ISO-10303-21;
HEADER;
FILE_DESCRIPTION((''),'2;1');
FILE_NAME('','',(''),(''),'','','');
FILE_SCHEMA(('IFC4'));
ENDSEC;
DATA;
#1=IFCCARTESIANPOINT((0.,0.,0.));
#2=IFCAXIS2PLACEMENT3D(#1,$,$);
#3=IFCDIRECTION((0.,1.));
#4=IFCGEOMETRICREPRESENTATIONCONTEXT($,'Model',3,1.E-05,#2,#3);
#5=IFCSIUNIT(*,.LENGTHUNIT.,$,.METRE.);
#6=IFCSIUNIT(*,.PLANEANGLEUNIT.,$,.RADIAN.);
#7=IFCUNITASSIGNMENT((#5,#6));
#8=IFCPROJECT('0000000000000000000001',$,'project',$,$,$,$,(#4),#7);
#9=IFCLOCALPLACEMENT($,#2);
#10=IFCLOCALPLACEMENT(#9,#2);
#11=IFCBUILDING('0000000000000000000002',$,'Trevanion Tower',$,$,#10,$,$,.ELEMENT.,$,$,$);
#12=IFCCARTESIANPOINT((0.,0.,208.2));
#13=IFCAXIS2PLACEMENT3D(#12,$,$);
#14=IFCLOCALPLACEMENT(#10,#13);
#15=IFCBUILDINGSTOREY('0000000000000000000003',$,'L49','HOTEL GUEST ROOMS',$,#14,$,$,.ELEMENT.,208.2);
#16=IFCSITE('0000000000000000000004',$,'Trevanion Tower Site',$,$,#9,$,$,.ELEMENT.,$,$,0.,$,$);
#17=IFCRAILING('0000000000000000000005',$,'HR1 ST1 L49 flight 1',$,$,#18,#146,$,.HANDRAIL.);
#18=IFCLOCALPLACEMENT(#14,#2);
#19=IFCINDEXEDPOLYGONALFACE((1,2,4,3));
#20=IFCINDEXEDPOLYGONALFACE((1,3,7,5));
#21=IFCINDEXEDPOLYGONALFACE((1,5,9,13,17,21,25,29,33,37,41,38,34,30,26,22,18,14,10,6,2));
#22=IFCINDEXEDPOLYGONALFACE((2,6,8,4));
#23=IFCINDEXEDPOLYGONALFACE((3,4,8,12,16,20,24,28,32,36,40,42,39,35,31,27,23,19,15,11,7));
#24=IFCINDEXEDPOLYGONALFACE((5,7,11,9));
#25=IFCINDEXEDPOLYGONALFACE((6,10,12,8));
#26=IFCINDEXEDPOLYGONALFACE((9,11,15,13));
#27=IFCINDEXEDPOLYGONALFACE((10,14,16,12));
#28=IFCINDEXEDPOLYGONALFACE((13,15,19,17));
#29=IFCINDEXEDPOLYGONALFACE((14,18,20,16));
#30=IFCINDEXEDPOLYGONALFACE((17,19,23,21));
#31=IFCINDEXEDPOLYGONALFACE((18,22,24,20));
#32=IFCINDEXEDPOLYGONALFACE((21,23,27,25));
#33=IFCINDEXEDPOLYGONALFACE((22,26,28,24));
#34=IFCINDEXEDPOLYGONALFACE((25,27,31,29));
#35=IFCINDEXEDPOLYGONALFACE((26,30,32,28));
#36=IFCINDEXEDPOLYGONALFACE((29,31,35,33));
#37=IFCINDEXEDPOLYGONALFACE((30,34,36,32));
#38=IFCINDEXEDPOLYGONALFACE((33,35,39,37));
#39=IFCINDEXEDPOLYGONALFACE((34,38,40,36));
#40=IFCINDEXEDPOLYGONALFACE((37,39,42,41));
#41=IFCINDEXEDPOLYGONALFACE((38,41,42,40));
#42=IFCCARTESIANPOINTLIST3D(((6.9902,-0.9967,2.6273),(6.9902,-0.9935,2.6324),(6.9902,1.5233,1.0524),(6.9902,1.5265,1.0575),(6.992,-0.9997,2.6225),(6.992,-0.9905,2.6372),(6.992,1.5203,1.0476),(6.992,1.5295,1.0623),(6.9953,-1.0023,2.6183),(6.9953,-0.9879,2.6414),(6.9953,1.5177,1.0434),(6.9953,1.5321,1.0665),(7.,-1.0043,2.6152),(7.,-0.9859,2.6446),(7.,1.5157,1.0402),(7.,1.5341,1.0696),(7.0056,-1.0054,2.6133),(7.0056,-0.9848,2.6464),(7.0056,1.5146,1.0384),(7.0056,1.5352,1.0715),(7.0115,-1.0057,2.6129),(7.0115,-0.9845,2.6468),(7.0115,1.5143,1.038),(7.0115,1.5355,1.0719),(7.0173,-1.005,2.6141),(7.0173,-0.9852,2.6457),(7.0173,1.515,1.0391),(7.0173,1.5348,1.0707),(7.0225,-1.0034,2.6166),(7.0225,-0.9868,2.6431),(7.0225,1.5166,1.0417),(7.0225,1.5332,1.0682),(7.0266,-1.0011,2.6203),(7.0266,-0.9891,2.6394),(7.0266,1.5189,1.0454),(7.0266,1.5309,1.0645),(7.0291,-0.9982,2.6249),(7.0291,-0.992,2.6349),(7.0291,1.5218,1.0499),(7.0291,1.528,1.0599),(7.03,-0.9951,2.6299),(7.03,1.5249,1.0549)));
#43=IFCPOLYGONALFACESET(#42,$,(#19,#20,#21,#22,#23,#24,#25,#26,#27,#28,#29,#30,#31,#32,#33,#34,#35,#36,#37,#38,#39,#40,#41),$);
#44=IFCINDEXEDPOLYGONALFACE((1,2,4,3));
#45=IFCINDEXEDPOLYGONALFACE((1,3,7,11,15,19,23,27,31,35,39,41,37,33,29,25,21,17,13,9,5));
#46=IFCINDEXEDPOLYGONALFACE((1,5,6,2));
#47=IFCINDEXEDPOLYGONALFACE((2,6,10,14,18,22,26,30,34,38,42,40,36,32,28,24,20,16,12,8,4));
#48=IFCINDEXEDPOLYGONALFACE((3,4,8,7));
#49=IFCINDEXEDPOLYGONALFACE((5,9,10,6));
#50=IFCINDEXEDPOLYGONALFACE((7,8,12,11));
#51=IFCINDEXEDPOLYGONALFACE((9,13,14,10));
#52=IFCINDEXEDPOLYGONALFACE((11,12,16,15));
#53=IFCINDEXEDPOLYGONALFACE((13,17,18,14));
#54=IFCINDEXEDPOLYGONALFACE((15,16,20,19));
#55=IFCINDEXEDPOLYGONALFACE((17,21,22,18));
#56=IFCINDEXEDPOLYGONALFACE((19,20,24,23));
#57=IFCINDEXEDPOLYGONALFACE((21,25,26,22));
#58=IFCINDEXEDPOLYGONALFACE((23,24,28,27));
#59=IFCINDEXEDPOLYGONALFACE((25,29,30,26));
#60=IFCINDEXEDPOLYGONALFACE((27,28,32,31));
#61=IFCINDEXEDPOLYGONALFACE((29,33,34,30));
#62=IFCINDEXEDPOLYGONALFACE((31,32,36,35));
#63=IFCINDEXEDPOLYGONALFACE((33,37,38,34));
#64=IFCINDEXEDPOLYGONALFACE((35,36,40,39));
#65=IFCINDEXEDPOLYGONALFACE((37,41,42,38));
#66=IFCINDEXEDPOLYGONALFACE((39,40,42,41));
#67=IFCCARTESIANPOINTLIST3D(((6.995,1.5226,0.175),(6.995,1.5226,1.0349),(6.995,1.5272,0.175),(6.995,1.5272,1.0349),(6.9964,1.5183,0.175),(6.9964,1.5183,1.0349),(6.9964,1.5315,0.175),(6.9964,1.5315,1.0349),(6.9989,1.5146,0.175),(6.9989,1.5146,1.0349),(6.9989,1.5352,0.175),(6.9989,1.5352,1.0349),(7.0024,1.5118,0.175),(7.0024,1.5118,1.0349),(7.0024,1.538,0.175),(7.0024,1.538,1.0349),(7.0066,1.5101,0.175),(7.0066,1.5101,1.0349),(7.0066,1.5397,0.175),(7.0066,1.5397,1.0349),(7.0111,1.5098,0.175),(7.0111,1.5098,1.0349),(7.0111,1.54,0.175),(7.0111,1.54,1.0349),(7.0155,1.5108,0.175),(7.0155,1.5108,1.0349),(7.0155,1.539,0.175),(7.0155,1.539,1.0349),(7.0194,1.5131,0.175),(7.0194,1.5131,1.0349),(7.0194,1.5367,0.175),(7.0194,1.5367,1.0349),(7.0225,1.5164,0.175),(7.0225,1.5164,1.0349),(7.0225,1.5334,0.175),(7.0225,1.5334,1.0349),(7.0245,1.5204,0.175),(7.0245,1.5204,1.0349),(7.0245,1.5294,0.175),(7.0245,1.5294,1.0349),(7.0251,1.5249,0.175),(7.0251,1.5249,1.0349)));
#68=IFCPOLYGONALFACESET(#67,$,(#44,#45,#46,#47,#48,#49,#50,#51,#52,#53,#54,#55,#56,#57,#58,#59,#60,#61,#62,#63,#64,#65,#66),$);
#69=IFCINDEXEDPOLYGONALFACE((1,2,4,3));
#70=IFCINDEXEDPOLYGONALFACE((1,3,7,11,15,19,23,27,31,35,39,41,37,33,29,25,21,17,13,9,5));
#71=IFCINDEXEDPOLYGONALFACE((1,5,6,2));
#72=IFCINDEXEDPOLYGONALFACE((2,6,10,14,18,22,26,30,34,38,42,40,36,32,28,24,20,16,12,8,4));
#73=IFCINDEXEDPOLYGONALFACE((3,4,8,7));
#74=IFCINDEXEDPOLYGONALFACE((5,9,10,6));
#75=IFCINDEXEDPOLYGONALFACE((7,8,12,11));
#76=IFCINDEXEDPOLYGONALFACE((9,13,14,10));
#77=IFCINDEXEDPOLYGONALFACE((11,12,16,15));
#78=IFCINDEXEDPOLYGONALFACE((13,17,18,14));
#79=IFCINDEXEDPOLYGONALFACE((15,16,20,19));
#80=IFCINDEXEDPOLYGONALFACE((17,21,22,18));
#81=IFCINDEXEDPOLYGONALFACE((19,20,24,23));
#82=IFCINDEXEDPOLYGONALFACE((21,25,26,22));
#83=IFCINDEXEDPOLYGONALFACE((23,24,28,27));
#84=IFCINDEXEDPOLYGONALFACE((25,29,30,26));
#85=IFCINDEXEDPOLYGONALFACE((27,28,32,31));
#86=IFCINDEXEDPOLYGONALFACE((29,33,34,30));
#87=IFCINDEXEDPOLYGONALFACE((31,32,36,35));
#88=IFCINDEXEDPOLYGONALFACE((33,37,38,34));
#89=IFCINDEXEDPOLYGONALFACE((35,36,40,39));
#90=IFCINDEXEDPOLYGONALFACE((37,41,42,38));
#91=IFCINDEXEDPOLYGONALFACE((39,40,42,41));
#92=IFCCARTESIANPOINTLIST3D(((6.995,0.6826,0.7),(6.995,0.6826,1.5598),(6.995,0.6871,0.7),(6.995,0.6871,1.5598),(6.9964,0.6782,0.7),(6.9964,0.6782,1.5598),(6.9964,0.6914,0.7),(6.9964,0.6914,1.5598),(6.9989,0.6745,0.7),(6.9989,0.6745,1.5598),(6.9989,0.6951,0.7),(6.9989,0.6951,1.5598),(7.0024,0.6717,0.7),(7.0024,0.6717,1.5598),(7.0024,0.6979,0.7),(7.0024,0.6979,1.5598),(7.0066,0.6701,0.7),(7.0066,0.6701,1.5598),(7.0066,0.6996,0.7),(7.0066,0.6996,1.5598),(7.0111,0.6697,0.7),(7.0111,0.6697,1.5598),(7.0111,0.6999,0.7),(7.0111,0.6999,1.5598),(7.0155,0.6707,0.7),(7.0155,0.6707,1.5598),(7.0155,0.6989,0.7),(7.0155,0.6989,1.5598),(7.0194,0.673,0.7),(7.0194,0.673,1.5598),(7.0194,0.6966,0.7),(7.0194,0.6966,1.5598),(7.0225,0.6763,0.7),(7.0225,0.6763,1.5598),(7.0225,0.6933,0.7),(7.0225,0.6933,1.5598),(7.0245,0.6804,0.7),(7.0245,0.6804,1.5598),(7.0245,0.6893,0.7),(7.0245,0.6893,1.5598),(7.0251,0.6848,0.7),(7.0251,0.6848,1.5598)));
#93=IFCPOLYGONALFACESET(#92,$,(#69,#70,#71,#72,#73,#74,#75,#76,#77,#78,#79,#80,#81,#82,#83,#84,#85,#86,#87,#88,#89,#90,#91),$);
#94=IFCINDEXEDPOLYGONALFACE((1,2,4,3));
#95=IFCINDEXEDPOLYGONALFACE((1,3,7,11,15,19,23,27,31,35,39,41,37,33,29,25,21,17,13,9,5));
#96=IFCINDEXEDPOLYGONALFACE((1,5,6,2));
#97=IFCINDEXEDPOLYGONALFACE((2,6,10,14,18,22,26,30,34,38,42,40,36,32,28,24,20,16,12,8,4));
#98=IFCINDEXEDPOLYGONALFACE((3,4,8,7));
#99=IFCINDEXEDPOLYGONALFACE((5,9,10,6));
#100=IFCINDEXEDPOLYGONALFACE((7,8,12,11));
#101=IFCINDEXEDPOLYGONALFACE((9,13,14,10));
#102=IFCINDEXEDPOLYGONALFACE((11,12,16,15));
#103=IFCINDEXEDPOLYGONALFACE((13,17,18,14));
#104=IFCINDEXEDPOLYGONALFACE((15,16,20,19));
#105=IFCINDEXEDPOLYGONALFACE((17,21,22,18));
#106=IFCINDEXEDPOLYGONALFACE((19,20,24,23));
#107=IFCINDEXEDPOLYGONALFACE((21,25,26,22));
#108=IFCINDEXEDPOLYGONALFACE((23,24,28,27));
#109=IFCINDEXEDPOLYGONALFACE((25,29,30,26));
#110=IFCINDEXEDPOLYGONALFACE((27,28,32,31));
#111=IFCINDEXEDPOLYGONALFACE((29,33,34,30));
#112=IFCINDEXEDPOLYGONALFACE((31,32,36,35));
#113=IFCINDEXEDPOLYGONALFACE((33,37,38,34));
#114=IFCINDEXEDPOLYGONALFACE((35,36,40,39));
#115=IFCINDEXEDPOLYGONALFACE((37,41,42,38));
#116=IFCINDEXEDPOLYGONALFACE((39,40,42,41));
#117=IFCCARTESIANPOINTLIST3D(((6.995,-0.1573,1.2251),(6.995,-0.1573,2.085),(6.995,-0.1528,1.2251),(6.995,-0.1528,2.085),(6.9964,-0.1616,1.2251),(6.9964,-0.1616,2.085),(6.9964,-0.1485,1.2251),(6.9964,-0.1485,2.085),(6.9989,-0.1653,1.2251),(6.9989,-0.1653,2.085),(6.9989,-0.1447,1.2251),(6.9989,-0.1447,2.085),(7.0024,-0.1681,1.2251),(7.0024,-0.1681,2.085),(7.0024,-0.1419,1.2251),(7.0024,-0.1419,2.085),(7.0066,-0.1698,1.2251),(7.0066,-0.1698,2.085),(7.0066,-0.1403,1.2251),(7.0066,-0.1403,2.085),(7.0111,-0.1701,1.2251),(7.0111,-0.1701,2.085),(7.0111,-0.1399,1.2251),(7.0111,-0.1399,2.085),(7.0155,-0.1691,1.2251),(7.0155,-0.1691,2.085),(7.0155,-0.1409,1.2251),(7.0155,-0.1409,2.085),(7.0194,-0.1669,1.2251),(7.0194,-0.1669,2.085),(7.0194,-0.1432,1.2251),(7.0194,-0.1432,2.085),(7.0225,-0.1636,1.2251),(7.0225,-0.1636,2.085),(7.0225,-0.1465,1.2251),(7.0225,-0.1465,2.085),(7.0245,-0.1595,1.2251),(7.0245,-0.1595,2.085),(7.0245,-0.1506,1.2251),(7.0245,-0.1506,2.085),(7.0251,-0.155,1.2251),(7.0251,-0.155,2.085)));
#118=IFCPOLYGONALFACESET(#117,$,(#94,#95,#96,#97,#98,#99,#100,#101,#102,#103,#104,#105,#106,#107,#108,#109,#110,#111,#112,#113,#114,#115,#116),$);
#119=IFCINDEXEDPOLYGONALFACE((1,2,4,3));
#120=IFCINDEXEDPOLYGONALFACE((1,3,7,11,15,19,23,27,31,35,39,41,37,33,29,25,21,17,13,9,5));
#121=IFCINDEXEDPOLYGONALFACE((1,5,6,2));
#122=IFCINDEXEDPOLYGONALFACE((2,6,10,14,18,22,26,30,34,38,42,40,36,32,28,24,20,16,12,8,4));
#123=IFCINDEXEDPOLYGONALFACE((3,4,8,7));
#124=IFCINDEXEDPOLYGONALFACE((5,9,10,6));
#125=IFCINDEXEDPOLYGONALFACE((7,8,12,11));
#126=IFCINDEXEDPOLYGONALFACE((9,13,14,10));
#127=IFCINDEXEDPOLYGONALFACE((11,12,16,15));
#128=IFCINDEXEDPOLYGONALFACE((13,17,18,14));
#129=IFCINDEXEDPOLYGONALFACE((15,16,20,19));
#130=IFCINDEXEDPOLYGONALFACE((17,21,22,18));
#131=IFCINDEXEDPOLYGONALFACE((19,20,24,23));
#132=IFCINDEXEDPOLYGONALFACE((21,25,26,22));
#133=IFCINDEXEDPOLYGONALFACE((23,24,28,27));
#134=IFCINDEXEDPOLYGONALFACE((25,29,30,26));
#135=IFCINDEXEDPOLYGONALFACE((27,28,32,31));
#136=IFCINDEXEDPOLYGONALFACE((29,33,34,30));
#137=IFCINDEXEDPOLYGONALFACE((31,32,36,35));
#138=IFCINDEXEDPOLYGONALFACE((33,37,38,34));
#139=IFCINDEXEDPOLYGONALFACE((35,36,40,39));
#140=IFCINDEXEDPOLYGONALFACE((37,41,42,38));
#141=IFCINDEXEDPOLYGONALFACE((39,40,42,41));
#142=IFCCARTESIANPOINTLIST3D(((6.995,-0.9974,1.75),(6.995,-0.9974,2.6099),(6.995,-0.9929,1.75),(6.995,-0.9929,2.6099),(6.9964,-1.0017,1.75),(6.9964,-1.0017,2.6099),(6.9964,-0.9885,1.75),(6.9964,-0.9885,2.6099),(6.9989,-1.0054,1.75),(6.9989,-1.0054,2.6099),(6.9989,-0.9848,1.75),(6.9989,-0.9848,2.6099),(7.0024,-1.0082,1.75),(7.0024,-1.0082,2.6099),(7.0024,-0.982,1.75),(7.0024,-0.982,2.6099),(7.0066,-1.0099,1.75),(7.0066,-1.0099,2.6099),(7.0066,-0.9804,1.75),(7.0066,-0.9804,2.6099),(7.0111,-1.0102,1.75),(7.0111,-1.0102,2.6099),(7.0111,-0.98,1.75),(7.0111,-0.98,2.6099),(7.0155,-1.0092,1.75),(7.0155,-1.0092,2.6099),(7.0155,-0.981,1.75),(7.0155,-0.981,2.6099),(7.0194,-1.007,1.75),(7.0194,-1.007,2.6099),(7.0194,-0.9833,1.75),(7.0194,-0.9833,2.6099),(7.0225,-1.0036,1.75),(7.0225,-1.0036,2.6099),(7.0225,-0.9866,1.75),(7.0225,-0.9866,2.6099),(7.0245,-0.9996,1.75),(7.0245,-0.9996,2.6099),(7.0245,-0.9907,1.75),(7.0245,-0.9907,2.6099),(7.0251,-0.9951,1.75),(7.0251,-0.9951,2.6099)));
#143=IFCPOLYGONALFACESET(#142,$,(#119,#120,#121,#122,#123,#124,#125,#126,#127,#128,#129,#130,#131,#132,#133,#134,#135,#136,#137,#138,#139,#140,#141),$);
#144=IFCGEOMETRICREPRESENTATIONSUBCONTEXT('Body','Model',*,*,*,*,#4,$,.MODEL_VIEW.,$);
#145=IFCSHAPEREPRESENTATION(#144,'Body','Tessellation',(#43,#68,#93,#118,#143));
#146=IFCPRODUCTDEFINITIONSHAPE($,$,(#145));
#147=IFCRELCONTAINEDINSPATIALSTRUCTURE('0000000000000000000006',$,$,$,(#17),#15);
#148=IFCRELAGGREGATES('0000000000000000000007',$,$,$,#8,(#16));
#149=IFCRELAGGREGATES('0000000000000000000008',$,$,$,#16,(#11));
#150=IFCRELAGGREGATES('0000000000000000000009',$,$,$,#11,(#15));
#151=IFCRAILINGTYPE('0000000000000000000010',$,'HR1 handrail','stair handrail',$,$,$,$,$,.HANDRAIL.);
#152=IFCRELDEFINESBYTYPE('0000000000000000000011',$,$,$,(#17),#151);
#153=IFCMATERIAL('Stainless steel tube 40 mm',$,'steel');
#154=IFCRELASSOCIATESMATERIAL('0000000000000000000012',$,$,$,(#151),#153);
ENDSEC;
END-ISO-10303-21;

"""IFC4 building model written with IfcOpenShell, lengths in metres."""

from ifc_helpers import new_model, si_unit, direction, frame, origin, origin_2d, place, context, subcontext, project, spatial, circle, extrude, material, type_object, element, save


model = new_model("IFC4")

# Units and contexts
model_context = context("Model", 3, precision=1e-05, world=origin(), true_north=direction((0.0, 1.0)))
body_context = subcontext(model_context, "Body", "Model", "MODEL_VIEW")
ifc_project = project(units=[si_unit("LENGTHUNIT", "METRE"), si_unit("PLANEANGLEUNIT", "RADIAN")], contexts=[model_context])

# Site, building, storey
site_placement = place(None, origin())
site = spatial("IfcSite", under=ifc_project, at=site_placement, Name="Trevanion Tower Site", CompositionType="ELEMENT", RefElevation=0.0)
building_placement = place(site_placement, origin())
building = spatial("IfcBuilding", under=site, at=building_placement, Name="Trevanion Tower", CompositionType="ELEMENT")
storey_placement = place(building_placement, frame((0.0, 0.0, 208.2)))
storey = spatial("IfcBuildingStorey", under=building, at=storey_placement, Name="L49", Description="HOTEL GUEST ROOMS", CompositionType="ELEMENT", Elevation=208.2)

# Railing
ifc_material_1 = material(Name="Stainless steel tube 40 mm", Category="steel")
railing_type = type_object("IfcRailingType", Name="HR1 handrail", Description="stair handrail", PredefinedType="HANDRAIL", material=ifc_material_1)
for number, where, name in (
    (1, (7.01, 1.5249, 0.175), "HR1 ST1 L49 flight 1"),
):
    element("IfcRailing", number, at=place(storey_placement, frame(where)), inside=storey, type_object=railing_type, Name=name, PredefinedType="HANDRAIL", context=body_context, shape_type="SweptSolid", body=[
        extrude(circle(Radius=0.02, at=origin_2d()), frame((0.0, 0.0, 0.8799), z_axis=(0.0, -0.848008, 0.529984), x_axis=(1.0, 0.0, 0.0)), (0.0, 0.0, 1.0), 2.9717),
        extrude(circle(Radius=0.0151, at=origin_2d()), origin(), (0.0, 0.0, 1.0), 0.8599),
        extrude(circle(Radius=0.0151, at=origin_2d()), frame((0.0, -0.8401, 0.5249)), (0.0, 0.0, 1.0), 0.8599),
        extrude(circle(Radius=0.0151, at=origin_2d()), frame((0.0, -1.6799, 1.05)), (0.0, 0.0, 1.0), 0.8599),
        extrude(circle(Radius=0.0151, at=origin_2d()), frame((0.0, -2.52, 1.575)), (0.0, 0.0, 1.0), 0.8599),
    ])

save(model, "model.ifc")
